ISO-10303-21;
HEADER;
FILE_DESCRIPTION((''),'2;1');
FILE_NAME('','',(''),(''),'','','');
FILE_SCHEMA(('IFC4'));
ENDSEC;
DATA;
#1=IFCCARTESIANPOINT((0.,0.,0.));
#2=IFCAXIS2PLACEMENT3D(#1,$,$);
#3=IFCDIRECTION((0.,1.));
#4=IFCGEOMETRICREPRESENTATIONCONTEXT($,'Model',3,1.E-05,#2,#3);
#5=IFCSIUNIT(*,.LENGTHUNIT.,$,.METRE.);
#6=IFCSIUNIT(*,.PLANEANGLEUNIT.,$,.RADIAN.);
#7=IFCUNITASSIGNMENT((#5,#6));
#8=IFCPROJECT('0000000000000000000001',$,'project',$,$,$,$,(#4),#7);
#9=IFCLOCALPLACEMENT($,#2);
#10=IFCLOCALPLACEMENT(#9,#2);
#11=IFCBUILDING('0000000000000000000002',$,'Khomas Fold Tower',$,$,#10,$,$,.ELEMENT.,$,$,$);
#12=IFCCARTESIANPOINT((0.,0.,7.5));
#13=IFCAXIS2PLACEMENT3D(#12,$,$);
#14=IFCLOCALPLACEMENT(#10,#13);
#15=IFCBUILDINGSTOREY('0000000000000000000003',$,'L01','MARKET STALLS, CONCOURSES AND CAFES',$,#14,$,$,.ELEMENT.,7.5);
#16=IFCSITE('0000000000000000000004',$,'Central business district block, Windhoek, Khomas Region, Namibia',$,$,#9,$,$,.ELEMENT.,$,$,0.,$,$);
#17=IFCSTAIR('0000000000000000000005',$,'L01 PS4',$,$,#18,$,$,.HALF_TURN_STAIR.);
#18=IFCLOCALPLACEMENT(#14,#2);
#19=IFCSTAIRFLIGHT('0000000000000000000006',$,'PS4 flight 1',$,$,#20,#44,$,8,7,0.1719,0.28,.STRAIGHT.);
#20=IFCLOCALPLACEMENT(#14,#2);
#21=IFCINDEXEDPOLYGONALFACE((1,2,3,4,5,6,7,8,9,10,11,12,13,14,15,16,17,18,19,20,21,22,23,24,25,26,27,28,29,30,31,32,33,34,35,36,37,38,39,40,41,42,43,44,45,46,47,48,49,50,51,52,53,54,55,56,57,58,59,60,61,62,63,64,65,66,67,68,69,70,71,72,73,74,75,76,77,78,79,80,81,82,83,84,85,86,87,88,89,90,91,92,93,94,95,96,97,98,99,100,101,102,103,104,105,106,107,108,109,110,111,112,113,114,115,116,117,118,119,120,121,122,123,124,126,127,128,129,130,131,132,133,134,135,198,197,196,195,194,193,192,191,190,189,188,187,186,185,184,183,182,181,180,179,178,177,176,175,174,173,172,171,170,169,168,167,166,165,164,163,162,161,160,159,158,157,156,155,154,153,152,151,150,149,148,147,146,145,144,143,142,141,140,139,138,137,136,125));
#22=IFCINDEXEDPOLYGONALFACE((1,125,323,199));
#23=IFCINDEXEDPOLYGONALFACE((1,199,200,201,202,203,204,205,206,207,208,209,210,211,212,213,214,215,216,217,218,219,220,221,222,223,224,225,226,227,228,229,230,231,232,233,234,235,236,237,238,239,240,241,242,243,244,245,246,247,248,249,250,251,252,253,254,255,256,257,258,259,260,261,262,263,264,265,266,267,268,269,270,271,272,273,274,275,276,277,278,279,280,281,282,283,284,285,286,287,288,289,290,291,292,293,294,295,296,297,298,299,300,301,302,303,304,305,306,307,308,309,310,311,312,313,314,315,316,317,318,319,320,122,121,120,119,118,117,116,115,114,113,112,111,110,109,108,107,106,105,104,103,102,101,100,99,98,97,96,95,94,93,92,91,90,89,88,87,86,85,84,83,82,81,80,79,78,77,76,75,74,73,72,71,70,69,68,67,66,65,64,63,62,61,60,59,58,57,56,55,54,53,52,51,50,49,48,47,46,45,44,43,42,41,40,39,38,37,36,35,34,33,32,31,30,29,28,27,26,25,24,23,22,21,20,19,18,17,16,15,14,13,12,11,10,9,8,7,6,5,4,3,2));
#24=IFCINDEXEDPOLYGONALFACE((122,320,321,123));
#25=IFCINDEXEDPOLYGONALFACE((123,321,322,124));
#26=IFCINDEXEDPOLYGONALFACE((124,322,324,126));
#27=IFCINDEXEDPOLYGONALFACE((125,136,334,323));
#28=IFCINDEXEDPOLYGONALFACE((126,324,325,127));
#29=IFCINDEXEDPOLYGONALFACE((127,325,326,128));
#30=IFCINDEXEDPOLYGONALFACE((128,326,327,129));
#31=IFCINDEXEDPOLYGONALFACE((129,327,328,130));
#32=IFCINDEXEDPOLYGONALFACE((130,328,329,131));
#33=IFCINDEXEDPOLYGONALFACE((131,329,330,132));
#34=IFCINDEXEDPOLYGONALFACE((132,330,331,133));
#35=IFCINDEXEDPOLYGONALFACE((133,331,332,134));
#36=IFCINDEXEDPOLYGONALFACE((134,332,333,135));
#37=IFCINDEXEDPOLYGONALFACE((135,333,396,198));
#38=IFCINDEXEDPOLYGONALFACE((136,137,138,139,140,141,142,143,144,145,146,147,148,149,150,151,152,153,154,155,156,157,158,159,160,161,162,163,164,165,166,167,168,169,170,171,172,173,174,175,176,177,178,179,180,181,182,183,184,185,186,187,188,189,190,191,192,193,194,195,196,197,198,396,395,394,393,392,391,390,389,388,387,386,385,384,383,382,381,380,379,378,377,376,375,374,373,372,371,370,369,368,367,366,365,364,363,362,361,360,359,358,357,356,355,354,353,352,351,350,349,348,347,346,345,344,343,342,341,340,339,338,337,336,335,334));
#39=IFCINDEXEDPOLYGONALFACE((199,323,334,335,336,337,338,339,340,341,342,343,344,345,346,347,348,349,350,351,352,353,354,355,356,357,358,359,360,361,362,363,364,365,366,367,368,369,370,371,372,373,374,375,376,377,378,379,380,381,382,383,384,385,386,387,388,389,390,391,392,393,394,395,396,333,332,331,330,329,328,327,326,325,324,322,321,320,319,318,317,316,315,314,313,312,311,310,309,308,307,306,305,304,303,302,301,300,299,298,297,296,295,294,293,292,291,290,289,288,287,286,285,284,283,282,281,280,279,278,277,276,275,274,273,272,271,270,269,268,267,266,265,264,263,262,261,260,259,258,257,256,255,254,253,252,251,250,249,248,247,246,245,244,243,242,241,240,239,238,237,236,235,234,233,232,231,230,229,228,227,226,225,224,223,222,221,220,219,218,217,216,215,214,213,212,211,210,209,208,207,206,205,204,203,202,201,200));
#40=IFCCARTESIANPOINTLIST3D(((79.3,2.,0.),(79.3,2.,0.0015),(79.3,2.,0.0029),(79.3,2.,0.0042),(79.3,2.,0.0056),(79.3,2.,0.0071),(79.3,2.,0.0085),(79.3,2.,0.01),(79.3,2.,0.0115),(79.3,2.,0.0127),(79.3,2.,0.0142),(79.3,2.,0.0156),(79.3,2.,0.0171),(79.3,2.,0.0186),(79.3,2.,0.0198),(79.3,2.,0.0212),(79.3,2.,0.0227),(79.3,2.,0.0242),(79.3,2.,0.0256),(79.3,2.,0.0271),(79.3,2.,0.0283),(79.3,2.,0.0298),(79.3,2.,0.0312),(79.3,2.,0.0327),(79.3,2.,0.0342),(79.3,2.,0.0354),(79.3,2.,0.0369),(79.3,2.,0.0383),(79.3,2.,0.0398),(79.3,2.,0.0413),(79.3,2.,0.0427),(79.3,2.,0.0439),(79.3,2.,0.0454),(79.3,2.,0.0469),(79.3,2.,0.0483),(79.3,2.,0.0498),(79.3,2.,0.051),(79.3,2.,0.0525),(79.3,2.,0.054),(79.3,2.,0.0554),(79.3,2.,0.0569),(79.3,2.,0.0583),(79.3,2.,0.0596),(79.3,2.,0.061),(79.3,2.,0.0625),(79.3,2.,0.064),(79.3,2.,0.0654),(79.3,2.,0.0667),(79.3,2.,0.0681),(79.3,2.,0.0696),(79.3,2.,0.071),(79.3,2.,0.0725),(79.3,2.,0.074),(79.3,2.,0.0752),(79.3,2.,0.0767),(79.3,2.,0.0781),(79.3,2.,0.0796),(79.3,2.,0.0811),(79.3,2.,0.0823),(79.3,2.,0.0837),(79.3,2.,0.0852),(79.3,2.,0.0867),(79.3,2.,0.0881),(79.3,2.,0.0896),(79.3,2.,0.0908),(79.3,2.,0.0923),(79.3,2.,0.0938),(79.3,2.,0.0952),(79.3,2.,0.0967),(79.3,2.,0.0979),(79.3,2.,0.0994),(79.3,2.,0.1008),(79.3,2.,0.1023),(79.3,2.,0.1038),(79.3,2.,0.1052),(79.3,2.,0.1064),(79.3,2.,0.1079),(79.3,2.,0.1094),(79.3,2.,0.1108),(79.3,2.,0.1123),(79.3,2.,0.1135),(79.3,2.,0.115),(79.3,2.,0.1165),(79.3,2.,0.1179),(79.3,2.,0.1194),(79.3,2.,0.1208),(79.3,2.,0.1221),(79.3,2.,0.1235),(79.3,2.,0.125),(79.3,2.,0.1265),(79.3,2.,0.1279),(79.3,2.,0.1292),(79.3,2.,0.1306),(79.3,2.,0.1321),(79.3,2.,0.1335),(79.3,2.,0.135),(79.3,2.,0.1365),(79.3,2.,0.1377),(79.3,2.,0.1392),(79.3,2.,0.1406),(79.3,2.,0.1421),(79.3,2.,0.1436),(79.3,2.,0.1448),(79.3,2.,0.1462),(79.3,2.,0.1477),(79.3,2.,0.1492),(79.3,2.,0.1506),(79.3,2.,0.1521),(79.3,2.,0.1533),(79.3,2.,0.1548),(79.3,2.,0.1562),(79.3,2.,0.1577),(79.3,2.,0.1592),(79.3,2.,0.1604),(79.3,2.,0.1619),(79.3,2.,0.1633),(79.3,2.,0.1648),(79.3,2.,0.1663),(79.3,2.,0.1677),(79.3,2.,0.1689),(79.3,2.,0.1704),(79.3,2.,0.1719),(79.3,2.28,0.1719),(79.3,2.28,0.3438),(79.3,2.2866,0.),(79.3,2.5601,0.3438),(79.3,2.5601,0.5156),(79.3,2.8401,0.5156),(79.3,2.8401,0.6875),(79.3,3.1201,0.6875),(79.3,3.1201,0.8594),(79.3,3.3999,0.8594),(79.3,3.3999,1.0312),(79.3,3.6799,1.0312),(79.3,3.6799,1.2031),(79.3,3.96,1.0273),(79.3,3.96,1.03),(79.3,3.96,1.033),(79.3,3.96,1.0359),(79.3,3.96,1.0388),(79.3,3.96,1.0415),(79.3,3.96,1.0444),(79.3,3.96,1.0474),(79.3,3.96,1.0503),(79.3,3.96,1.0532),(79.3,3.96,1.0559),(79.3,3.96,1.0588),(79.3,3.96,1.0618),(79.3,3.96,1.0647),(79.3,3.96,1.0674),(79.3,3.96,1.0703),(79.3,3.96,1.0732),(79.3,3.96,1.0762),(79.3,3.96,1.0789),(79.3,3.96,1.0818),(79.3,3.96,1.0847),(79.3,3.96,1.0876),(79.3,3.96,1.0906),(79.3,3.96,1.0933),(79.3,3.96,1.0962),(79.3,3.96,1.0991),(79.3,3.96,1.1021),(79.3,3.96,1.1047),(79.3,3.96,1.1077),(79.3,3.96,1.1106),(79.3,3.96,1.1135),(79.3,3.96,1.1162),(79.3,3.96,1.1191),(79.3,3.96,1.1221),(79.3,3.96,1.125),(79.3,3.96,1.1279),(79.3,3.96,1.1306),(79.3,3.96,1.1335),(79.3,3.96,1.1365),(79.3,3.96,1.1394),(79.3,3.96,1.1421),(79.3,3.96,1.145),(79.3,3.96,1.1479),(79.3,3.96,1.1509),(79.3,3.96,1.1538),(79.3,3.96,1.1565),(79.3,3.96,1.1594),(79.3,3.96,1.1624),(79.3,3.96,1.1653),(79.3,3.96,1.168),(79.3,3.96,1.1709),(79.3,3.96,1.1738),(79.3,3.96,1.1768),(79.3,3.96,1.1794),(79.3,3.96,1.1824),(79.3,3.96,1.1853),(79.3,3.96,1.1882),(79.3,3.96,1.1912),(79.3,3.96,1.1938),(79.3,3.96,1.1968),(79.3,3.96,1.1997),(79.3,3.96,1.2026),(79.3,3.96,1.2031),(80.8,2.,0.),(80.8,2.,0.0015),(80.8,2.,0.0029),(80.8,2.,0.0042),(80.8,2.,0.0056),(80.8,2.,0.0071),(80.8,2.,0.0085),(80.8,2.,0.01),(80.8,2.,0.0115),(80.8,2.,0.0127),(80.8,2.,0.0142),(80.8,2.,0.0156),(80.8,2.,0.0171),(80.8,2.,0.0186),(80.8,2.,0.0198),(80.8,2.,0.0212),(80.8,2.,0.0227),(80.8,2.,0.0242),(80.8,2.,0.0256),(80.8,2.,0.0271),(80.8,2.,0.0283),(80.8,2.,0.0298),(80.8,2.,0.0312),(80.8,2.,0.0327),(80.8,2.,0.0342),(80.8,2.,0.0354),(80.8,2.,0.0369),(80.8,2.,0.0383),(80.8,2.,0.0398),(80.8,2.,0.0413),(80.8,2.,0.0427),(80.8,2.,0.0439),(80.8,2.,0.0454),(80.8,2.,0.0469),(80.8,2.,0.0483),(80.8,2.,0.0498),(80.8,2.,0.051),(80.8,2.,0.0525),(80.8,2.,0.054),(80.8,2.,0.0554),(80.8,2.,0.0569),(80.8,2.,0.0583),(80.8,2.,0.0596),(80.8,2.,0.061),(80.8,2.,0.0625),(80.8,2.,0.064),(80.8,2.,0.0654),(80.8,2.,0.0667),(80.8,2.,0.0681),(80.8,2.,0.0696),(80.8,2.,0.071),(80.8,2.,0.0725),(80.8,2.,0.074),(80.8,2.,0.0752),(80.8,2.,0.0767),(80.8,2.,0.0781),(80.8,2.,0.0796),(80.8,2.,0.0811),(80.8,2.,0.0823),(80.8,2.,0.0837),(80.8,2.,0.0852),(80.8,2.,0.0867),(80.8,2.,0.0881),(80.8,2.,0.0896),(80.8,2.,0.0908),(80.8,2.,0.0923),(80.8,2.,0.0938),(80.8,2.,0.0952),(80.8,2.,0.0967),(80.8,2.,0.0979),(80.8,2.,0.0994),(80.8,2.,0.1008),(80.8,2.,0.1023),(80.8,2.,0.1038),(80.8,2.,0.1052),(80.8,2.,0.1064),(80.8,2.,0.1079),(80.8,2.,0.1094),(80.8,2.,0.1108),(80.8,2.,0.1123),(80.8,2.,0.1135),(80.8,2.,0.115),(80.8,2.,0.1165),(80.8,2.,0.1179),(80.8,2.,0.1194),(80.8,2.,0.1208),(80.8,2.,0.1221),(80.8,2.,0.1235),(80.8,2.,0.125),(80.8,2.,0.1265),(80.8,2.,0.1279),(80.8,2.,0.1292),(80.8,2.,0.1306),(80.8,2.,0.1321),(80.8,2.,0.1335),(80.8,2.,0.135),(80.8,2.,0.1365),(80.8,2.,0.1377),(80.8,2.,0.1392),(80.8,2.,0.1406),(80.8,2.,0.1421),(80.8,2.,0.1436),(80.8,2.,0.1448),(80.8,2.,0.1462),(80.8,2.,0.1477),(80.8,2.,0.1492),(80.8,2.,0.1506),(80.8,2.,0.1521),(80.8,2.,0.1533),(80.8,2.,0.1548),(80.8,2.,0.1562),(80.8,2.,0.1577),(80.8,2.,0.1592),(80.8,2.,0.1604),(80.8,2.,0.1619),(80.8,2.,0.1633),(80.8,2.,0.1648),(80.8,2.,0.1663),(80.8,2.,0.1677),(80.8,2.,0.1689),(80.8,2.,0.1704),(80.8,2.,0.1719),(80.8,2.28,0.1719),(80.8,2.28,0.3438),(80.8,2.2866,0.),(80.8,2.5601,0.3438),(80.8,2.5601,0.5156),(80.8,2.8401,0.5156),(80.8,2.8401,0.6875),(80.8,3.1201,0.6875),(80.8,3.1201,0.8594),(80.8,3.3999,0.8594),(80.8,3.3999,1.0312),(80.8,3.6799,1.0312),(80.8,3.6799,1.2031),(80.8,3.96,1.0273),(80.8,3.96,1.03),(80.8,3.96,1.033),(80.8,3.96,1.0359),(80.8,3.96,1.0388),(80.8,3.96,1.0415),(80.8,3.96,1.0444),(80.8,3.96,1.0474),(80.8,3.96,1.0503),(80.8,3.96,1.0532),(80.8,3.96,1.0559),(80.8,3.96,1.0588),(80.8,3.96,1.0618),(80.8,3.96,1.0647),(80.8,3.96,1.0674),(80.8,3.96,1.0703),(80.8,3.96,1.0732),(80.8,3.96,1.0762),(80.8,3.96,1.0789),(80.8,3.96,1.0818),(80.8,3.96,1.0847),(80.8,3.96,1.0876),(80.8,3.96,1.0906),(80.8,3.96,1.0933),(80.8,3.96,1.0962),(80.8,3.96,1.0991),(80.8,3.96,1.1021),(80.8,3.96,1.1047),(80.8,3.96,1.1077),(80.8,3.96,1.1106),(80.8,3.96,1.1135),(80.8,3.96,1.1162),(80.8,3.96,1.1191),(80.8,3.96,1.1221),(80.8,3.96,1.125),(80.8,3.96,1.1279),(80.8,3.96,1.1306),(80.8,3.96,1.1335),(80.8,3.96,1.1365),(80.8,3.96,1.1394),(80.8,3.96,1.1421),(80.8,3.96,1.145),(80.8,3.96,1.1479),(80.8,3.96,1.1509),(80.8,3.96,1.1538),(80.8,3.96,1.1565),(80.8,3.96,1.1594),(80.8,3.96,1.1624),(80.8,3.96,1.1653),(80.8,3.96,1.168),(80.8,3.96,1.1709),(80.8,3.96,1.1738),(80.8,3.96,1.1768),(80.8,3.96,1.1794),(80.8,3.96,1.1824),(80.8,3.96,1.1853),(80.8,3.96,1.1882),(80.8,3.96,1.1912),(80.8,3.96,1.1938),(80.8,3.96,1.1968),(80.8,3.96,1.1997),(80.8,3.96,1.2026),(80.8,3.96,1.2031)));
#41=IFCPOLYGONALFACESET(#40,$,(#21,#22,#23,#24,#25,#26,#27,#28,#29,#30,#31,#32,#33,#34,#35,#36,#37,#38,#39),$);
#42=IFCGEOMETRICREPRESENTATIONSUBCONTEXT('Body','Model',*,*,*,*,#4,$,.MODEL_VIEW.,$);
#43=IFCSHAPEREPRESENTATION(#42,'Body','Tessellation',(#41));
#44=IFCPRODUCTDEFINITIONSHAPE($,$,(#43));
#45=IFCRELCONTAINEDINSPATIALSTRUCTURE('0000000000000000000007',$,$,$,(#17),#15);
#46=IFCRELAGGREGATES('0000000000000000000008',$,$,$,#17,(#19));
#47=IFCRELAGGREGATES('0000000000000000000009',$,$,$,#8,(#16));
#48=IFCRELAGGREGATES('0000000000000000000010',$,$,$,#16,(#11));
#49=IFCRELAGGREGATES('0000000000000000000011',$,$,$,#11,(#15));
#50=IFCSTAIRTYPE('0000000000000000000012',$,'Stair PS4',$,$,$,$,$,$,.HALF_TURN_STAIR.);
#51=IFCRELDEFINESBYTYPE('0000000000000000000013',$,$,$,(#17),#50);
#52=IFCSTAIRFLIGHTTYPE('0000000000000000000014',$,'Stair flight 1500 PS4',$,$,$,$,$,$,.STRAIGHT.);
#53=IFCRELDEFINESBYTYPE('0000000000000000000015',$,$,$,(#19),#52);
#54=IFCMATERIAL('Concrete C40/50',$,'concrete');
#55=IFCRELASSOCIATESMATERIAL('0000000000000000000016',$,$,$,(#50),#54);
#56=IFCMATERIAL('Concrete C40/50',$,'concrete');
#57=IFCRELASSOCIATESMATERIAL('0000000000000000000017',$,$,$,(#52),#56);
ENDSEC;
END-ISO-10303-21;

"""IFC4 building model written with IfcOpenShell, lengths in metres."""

from ifc_helpers import new_model, si_unit, direction, frame, origin, place, context, subcontext, project, spatial, polyline, outline, extrude, source, transform, mapped, material, type_object, element, aggregate, save


model = new_model("IFC4")

# Units and contexts
model_context = context("Model", 3, precision=1e-05, world=origin(), true_north=direction((0.0, 1.0)))
body_context = subcontext(model_context, "Body", "Model", "MODEL_VIEW")
ifc_project = project(units=[si_unit("LENGTHUNIT", "METRE"), si_unit("PLANEANGLEUNIT", "RADIAN")], contexts=[model_context])

# Site, building, storey
site_placement = place(None, origin())
site = spatial("IfcSite", under=ifc_project, at=site_placement, Name="Central business district block, Windhoek, Khomas Region, Namibia", CompositionType="ELEMENT", RefElevation=0.0)
building_placement = place(site_placement, origin())
building = spatial("IfcBuilding", under=site, at=building_placement, Name="Khomas Fold Tower", CompositionType="ELEMENT")
storey_placement = place(building_placement, frame((0.0, 0.0, 7.5)))
storey = spatial("IfcBuildingStorey", under=building, at=storey_placement, Name="L01", Description="MARKET STALLS, CONCOURSES AND CAFES", CompositionType="ELEMENT", Elevation=7.5)

# Stair, stair flight
shared_shape_1 = source(origin(), body_context, "Body", "SweptSolid", [
    extrude(outline(polyline([(0.0, 0.0), (0.0, 0.0015), (0.0, 0.0029), (0.0, 0.0042), (0.0, 0.0056), (0.0, 0.0071), (0.0, 0.0085), (0.0, 0.01), (0.0, 0.0115), (0.0, 0.0127), (0.0, 0.0142), (0.0, 0.0156), (0.0, 0.0171), (0.0, 0.0186), (0.0, 0.0198), (0.0, 0.0212), (0.0, 0.0227), (0.0, 0.0242), (0.0, 0.0256), (0.0, 0.0271), (0.0, 0.0283), (0.0, 0.0298), (0.0, 0.0312), (0.0, 0.0327), (0.0, 0.0342), (0.0, 0.0354), (0.0, 0.0369), (0.0, 0.0383), (0.0, 0.0398), (0.0, 0.0413), (0.0, 0.0427), (0.0, 0.0439), (0.0, 0.0454), (0.0, 0.0469), (0.0, 0.0483), (0.0, 0.0498), (0.0, 0.051), (0.0, 0.0525), (0.0, 0.054), (0.0, 0.0554), (0.0, 0.0569), (0.0, 0.0583), (0.0, 0.0596), (0.0, 0.061), (0.0, 0.0625), (0.0, 0.064), (0.0, 0.0654), (0.0, 0.0667), (0.0, 0.0681), (0.0, 0.0696), (0.0, 0.071), (0.0, 0.0725), (0.0, 0.074), (0.0, 0.0752), (0.0, 0.0767), (0.0, 0.0781), (0.0, 0.0796), (0.0, 0.0811), (0.0, 0.0823), (0.0, 0.0837), (0.0, 0.0852), (0.0, 0.0867), (0.0, 0.0881), (0.0, 0.0896), (0.0, 0.0908), (0.0, 0.0923), (0.0, 0.0938), (0.0, 0.0952), (0.0, 0.0967), (0.0, 0.0979), (0.0, 0.0994), (0.0, 0.1008), (0.0, 0.1023), (0.0, 0.1038), (0.0, 0.1052), (0.0, 0.1064), (0.0, 0.1079), (0.0, 0.1094), (0.0, 0.1108), (0.0, 0.1123), (0.0, 0.1135), (0.0, 0.115), (0.0, 0.1165), (0.0, 0.1179), (0.0, 0.1194), (0.0, 0.1208), (0.0, 0.1221), (0.0, 0.1235), (0.0, 0.125), (0.0, 0.1265), (0.0, 0.1279), (0.0, 0.1292), (0.0, 0.1306), (0.0, 0.1321), (0.0, 0.1335), (0.0, 0.135), (0.0, 0.1365), (0.0, 0.1377), (0.0, 0.1392), (0.0, 0.1406), (0.0, 0.1421), (0.0, 0.1436), (0.0, 0.1448), (0.0, 0.1462), (0.0, 0.1477), (0.0, 0.1492), (0.0, 0.1506), (0.0, 0.1521), (0.0, 0.1533), (0.0, 0.1548), (0.0, 0.1562), (0.0, 0.1577), (0.0, 0.1592), (0.0, 0.1604), (0.0, 0.1619), (0.0, 0.1633), (0.0, 0.1648), (0.0, 0.1663), (0.0, 0.1677), (0.0, 0.1689), (0.0, 0.1704), (0.0, 0.1719), (0.28, 0.1719), (0.28, 0.3438), (0.5601, 0.3438), (0.5601, 0.5156), (0.8401, 0.5156), (0.8401, 0.6875), (1.1201, 0.6875), (1.1201, 0.8594), (1.3999, 0.8594), (1.3999, 1.0312), (1.6799, 1.0312), (1.6799, 1.2031), (1.96, 1.2031), (1.96, 1.375), (1.96, 1.3721), (1.96, 1.3691), (1.96, 1.3665), (1.96, 1.3635), (1.96, 1.3606), (1.96, 1.3577), (1.96, 1.355), (1.96, 1.3521), (1.96, 1.3491), (1.96, 1.3462), (1.96, 1.3435), (1.96, 1.3406), (1.96, 1.3376), (1.96, 1.3347), (1.96, 1.3318), (1.96, 1.3291), (1.96, 1.3262), (1.96, 1.3232), (1.96, 1.3203), (1.96, 1.3176), (1.96, 1.3147), (1.96, 1.3118), (1.96, 1.3088), (1.96, 1.3059), (1.96, 1.3032), (1.96, 1.3003), (1.96, 1.2974), (1.96, 1.2944), (1.96, 1.2917), (1.96, 1.2888), (1.96, 1.2859), (1.96, 1.283), (1.96, 1.2803), (1.96, 1.2773), (1.96, 1.2744), (1.96, 1.2715), (1.96, 1.2686), (1.96, 1.2659), (1.96, 1.2629), (1.96, 1.26), (1.96, 1.2571), (1.96, 1.2544), (1.96, 1.2515), (1.96, 1.2485), (1.96, 1.2456), (1.96, 1.2427), (1.96, 1.24), (1.96, 1.2371), (1.96, 1.2341), (1.96, 1.2312), (1.96, 1.2285), (1.96, 1.2256), (1.96, 1.2227), (1.96, 1.2197), (1.96, 1.217), (1.96, 1.2141), (1.96, 1.2112), (1.96, 1.2083), (1.96, 1.2053), (1.96, 1.2026), (1.96, 1.1997), (1.96, 1.1968), (1.96, 1.1938), (1.96, 1.1912), (1.96, 1.1882), (1.96, 1.1853), (1.96, 1.1824), (1.96, 1.1794), (1.96, 1.1768), (1.96, 1.1738), (1.96, 1.1709), (1.96, 1.168), (1.96, 1.1653), (1.96, 1.1624), (1.96, 1.1594), (1.96, 1.1565), (1.96, 1.1538), (1.96, 1.1509), (1.96, 1.1479), (1.96, 1.145), (1.96, 1.1421), (1.96, 1.1394), (1.96, 1.1365), (1.96, 1.1335), (1.96, 1.1306), (1.96, 1.1279), (1.96, 1.125), (1.96, 1.1221), (1.96, 1.1191), (1.96, 1.1162), (1.96, 1.1135), (1.96, 1.1106), (1.96, 1.1077), (1.96, 1.1047), (1.96, 1.1021), (1.96, 1.0991), (1.96, 1.0962), (1.96, 1.0933), (1.96, 1.0906), (1.96, 1.0876), (1.96, 1.0847), (1.96, 1.0818), (1.96, 1.0789), (1.96, 1.0762), (1.96, 1.0732), (1.96, 1.0703), (1.96, 1.0674), (1.96, 1.0647), (1.96, 1.0618), (1.96, 1.0588), (1.96, 1.0559), (1.96, 1.0532), (1.96, 1.0503), (1.96, 1.0474), (1.96, 1.0444), (1.96, 1.0415), (1.96, 1.0388), (1.96, 1.0359), (1.96, 1.033), (1.96, 1.03), (1.96, 1.0273), (0.2866, 0.0), (0.0, 0.0)])), frame((0.0, 0.75, 0.0), z_axis=(0.0, -1.0, 0.0), x_axis=(1.0, 0.0, 0.0)), (0.0, 0.0, 1.0), 1.5),
])
ifc_material_1 = material(Name="Concrete C40/50", Category="concrete")
stair_type_1 = type_object("IfcStairType", Name="Stair PS4", PredefinedType="HALF_TURN_STAIR", material=ifc_material_1)
stair_1_placement = place(storey_placement, origin())
stair_1 = element("IfcStair", 1, at=stair_1_placement, inside=storey, type_object=stair_type_1, Name="L01 PS4", PredefinedType="HALF_TURN_STAIR")
ifc_material_2 = material(Name="Concrete C40/50", Category="concrete")
stair_flight_type_1 = type_object("IfcStairFlightType", Name="Stair flight 1500 PS4", PredefinedType="STRAIGHT", material=ifc_material_2)
stair_flight_1_placement = place(storey_placement, frame((80.05, 2.0, 0.0), z_axis=(0.0, 0.0, 1.0), x_axis=(0.0, 1.0, 0.0)))
stair_flight_1 = element("IfcStairFlight", 2, at=stair_flight_1_placement, type_object=stair_flight_type_1, Name="PS4 flight 1", NumberOfRisers=8, NumberOfTreads=7, PredefinedType="STRAIGHT", RiserHeight=0.1719, TreadLength=0.28, context=body_context, shape_type="MappedRepresentation", body=[
    mapped(shared_shape_1, transform((0.0, 0.0, 0.0))),
])
aggregate(stair_1, [stair_flight_1])

save(model, "model.ifc")
